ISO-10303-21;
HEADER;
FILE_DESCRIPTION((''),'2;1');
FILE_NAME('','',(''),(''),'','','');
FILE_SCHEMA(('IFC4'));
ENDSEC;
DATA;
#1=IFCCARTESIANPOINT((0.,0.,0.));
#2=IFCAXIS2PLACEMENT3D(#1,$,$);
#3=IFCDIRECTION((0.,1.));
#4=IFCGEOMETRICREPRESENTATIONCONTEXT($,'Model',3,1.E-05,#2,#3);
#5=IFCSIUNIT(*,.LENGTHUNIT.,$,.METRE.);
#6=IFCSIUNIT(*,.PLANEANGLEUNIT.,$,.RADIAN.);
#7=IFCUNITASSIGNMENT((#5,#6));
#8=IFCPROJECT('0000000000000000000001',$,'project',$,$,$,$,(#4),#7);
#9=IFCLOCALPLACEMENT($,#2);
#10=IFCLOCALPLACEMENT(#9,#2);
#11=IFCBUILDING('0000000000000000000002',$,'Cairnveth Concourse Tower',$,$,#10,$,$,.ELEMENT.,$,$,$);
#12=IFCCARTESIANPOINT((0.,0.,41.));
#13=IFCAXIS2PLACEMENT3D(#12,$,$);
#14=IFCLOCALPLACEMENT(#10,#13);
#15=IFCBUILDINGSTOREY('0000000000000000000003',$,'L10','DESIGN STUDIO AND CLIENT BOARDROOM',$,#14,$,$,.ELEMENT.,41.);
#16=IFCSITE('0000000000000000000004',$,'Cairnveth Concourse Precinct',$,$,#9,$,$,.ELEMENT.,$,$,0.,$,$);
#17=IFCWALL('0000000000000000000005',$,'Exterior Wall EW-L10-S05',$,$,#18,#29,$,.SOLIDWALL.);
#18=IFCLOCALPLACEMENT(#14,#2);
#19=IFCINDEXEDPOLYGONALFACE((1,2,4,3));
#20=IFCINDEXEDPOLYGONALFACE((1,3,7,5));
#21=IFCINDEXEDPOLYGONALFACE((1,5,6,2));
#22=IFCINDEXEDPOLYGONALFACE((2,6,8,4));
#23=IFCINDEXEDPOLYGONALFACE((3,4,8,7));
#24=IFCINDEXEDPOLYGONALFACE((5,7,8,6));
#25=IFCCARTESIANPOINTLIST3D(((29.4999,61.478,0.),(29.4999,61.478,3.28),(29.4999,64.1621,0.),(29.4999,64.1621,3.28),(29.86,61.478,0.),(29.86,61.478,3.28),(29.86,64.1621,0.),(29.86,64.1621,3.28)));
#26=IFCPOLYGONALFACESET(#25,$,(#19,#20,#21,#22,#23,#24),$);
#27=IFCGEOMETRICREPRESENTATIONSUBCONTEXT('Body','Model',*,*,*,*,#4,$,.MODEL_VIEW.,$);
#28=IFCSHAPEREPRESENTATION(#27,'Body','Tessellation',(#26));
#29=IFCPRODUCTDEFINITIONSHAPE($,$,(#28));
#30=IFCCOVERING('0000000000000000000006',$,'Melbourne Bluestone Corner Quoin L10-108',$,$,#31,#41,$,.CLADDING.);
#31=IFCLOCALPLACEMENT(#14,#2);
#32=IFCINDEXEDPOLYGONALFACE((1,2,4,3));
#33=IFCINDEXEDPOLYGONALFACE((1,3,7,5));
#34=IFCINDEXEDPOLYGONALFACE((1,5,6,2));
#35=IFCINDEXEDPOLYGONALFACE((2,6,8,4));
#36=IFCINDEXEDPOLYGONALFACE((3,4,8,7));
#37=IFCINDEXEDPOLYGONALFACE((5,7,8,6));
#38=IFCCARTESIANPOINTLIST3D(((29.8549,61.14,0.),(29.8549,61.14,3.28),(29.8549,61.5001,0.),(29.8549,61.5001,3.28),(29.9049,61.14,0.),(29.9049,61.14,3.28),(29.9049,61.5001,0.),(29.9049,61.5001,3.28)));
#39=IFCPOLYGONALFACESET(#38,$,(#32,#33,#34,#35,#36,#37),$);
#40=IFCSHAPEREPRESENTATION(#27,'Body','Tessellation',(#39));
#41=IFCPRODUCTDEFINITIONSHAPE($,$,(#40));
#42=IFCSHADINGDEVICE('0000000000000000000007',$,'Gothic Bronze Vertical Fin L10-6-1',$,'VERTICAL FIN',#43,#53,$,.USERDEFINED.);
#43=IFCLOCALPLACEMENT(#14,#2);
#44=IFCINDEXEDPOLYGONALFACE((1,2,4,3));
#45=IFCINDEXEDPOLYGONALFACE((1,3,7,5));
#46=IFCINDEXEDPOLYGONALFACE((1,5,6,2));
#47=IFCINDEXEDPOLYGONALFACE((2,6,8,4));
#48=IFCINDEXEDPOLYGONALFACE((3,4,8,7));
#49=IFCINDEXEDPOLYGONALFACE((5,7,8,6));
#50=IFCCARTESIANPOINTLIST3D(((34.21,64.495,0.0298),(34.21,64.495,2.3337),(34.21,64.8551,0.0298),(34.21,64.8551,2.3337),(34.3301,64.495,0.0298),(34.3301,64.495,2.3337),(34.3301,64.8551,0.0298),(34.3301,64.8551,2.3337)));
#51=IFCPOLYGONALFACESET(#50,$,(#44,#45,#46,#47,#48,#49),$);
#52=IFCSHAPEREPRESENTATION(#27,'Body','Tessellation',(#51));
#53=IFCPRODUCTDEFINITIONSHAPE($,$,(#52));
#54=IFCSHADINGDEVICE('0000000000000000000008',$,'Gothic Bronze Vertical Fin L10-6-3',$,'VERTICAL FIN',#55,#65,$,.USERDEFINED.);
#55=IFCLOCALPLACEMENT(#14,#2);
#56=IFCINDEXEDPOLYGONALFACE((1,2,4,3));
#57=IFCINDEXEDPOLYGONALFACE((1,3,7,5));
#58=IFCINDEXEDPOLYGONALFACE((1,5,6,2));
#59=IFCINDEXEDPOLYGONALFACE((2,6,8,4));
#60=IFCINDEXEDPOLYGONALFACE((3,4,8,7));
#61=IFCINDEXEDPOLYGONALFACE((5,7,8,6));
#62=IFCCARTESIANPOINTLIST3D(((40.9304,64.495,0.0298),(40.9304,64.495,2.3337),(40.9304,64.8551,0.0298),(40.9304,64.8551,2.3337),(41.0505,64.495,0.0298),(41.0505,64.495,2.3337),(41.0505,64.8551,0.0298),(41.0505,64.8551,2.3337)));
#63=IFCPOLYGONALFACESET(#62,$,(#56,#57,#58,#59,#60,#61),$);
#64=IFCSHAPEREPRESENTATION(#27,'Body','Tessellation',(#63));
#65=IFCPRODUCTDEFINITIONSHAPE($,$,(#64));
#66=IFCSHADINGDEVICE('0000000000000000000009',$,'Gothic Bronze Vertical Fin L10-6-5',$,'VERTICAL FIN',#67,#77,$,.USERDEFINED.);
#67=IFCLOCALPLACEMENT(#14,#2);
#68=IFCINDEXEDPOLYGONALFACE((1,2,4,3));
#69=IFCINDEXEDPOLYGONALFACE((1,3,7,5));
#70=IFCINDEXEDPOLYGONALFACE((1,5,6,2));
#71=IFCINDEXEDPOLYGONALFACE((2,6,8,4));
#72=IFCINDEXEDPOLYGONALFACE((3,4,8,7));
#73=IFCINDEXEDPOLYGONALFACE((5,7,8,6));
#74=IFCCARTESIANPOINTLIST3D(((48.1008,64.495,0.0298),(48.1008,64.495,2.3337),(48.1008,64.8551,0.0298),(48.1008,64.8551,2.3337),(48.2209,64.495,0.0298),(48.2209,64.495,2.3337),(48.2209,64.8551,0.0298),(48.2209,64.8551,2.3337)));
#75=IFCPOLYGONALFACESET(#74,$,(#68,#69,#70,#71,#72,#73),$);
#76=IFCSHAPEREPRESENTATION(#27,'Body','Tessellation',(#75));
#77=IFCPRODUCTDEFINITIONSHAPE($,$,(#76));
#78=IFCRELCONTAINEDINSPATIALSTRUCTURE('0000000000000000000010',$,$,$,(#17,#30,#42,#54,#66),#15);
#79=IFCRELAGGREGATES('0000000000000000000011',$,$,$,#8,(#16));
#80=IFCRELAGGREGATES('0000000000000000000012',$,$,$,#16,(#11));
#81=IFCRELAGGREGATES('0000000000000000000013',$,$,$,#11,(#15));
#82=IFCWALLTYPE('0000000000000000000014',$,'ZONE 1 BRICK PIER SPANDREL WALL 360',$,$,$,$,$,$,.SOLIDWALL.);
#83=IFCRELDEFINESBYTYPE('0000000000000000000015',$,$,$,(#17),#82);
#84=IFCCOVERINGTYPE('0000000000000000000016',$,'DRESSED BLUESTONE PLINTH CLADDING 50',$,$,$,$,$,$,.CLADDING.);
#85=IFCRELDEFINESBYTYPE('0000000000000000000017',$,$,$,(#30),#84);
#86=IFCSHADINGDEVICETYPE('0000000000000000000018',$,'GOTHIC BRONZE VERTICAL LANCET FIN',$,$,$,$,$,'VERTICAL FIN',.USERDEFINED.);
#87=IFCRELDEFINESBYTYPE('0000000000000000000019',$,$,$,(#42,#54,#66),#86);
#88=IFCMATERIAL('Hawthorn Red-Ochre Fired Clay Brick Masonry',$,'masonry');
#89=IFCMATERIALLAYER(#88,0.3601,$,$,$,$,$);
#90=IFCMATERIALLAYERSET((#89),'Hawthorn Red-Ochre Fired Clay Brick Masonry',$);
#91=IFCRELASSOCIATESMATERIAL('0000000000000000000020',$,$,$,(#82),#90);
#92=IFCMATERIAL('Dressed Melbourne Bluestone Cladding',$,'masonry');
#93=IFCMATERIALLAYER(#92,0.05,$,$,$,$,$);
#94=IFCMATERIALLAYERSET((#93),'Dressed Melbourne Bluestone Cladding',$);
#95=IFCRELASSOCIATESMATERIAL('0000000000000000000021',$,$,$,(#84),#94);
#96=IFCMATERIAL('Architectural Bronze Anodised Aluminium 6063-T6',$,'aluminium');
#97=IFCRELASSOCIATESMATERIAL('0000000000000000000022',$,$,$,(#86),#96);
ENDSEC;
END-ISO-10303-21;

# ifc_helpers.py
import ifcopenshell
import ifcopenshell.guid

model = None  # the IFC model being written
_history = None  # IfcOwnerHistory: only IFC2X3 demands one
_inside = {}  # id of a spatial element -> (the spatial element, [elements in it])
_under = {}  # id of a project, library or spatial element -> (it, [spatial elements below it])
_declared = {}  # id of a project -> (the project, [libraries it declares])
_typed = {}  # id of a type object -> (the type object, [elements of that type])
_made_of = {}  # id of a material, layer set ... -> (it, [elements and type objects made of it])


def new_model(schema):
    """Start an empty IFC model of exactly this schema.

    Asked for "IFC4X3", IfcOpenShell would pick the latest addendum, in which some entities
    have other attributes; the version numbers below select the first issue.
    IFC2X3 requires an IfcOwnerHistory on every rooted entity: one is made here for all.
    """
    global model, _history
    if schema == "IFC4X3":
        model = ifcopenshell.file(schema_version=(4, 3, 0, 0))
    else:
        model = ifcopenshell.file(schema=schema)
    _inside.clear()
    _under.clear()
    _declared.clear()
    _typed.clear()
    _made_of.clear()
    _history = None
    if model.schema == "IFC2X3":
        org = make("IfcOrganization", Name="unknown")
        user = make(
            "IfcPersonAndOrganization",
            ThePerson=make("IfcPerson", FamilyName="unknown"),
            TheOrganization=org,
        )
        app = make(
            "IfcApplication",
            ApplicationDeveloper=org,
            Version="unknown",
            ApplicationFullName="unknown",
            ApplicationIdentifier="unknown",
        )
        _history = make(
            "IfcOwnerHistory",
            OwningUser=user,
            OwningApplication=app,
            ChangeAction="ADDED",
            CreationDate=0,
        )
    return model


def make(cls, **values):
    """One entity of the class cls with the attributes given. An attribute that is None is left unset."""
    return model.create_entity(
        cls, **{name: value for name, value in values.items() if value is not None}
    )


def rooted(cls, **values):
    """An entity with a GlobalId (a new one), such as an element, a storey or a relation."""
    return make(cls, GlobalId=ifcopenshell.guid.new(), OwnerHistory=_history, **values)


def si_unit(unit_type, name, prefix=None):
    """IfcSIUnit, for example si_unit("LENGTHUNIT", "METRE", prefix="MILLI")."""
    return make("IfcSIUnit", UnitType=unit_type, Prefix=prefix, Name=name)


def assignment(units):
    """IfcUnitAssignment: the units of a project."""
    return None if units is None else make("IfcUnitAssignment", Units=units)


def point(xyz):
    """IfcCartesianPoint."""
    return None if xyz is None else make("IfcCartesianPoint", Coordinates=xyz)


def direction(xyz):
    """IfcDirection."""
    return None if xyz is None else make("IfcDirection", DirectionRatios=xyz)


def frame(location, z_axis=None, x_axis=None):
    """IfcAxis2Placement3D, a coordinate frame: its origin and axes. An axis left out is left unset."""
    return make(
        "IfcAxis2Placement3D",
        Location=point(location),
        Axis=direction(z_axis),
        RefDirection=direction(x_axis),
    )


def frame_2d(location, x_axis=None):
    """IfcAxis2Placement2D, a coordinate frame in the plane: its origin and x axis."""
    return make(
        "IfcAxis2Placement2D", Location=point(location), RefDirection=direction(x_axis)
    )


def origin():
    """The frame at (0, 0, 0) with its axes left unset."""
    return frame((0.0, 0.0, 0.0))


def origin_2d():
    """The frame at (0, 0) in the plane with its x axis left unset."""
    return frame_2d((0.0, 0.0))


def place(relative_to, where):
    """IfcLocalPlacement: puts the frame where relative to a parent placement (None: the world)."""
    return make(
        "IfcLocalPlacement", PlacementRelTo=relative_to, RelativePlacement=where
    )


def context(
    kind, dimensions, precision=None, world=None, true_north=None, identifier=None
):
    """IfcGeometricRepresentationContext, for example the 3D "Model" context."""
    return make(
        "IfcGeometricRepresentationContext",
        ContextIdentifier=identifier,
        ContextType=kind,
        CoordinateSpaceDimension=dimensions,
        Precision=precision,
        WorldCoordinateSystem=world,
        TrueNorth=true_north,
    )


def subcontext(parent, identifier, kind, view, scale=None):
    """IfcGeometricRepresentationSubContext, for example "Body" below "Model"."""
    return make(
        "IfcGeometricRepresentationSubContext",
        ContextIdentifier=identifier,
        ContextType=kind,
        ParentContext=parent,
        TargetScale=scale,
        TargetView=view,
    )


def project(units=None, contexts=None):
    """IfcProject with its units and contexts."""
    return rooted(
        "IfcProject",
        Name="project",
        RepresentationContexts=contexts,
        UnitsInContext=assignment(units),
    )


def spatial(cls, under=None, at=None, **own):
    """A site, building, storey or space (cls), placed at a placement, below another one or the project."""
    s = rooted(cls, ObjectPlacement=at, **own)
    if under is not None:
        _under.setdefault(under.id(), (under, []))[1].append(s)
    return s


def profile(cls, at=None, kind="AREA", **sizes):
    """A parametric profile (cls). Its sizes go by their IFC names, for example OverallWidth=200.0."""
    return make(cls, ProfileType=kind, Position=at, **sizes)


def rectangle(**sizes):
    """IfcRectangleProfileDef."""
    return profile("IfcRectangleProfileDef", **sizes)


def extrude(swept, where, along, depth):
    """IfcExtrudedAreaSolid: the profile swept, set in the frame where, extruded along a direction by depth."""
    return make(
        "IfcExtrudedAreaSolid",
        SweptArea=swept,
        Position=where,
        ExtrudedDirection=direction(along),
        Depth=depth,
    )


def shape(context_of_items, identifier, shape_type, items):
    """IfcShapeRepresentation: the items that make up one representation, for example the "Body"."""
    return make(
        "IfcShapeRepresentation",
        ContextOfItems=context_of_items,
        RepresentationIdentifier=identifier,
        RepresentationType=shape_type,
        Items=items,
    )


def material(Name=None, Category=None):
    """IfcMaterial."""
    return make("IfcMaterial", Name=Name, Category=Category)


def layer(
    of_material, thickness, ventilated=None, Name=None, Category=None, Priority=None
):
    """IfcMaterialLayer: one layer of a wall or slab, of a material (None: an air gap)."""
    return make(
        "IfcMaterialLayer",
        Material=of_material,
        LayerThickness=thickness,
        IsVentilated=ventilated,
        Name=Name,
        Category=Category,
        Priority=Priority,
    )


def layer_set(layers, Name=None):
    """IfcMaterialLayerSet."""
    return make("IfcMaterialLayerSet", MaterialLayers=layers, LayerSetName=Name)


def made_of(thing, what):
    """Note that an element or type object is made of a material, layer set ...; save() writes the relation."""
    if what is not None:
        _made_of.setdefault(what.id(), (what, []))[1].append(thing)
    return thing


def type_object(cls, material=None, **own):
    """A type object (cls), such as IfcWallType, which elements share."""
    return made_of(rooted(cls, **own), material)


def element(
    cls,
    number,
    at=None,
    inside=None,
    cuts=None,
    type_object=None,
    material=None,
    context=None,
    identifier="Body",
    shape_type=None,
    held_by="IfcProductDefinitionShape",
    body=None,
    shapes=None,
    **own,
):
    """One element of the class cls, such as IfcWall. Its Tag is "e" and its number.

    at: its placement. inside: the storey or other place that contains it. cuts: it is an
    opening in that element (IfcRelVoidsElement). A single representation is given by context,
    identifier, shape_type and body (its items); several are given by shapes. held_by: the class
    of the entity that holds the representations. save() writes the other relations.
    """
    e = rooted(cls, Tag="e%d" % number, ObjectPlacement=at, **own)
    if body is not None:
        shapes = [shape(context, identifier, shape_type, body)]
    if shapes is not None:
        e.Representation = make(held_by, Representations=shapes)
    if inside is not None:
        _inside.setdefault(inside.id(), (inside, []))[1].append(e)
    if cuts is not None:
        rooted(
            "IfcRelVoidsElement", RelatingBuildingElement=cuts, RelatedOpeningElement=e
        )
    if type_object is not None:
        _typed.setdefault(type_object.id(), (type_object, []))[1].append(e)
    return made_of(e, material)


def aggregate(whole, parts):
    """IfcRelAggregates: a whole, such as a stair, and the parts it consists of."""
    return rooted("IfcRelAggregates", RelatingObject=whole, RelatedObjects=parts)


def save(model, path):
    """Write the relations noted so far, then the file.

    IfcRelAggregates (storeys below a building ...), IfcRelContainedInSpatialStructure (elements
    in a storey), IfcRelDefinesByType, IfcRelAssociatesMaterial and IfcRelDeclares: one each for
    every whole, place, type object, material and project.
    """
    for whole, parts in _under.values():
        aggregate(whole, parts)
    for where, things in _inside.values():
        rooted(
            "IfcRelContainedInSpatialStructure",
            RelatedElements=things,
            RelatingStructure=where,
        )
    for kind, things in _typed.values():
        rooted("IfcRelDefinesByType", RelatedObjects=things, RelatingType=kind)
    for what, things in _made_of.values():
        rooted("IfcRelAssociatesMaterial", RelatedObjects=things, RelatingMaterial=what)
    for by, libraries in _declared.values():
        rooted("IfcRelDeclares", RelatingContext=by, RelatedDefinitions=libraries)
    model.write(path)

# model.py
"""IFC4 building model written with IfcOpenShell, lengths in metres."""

from ifc_helpers import new_model, si_unit, direction, frame, frame_2d, origin, origin_2d, place, context, subcontext, project, spatial, rectangle, extrude, material, layer, layer_set, type_object, element, save


model = new_model("IFC4")

# Units and contexts
model_context = context("Model", 3, precision=1e-05, world=origin(), true_north=direction((0.0, 1.0)))
body_context = subcontext(model_context, "Body", "Model", "MODEL_VIEW")
ifc_project = project(units=[si_unit("LENGTHUNIT", "METRE"), si_unit("PLANEANGLEUNIT", "RADIAN")], contexts=[model_context])

# Site, building, storey
site_placement = place(None, origin())
site = spatial("IfcSite", under=ifc_project, at=site_placement, Name="Cairnveth Concourse Precinct", CompositionType="ELEMENT", RefElevation=0.0)
building_placement = place(site_placement, origin())
building = spatial("IfcBuilding", under=site, at=building_placement, Name="Cairnveth Concourse Tower", CompositionType="ELEMENT")
storey_placement = place(building_placement, frame((0.0, 0.0, 41.0)))
storey = spatial("IfcBuildingStorey", under=building, at=storey_placement, Name="L10", Description="DESIGN STUDIO AND CLIENT BOARDROOM", CompositionType="ELEMENT", Elevation=41.0)

# Wall
ifc_material_1 = material(Name="Hawthorn Red-Ochre Fired Clay Brick Masonry", Category="masonry")
ifc_layer_1 = layer(ifc_material_1, 0.3601)
ifc_layer_set_1 = layer_set([ifc_layer_1], Name="Hawthorn Red-Ochre Fired Clay Brick Masonry")
wall_type_1 = type_object("IfcWallType", Name="ZONE 1 BRICK PIER SPANDREL WALL 360", PredefinedType="SOLIDWALL", material=ifc_layer_set_1)
wall_1_placement = place(storey_placement, frame((29.6799, 61.478, 0.0), z_axis=(0.0, 0.0, 1.0), x_axis=(0.0, 1.0, 0.0)))
element("IfcWall", 1, at=wall_1_placement, inside=storey, type_object=wall_type_1, Name="Exterior Wall EW-L10-S05", PredefinedType="SOLIDWALL", context=body_context, shape_type="SweptSolid", body=[
    extrude(rectangle(XDim=2.6841, YDim=0.3601, at=frame_2d((1.342, 0.0))), origin(), (0.0, 0.0, 1.0), 3.28),
])

# Covering
ifc_material_2 = material(Name="Dressed Melbourne Bluestone Cladding", Category="masonry")
ifc_layer_2 = layer(ifc_material_2, 0.05)
ifc_layer_set_2 = layer_set([ifc_layer_2], Name="Dressed Melbourne Bluestone Cladding")
covering_type = type_object("IfcCoveringType", Name="DRESSED BLUESTONE PLINTH CLADDING 50", PredefinedType="CLADDING", material=ifc_layer_set_2)
covering_placement = place(storey_placement, frame((29.8799, 61.1399, 0.0), z_axis=(0.0, 0.0, 1.0), x_axis=(0.0, 1.0, 0.0)))
element("IfcCovering", 2, at=covering_placement, inside=storey, type_object=covering_type, Name="Melbourne Bluestone Corner Quoin L10-108", PredefinedType="CLADDING", context=body_context, shape_type="SweptSolid", body=[
    extrude(rectangle(XDim=0.3601, YDim=0.05, at=frame_2d((0.1802, 0.0))), origin(), (0.0, 0.0, 1.0), 3.28),
])

# Shading devices
ifc_material_3 = material(Name="Architectural Bronze Anodised Aluminium 6063-T6", Category="aluminium")
shading_device_type = type_object("IfcShadingDeviceType", Name="GOTHIC BRONZE VERTICAL LANCET FIN", ElementType="VERTICAL FIN", PredefinedType="USERDEFINED", material=ifc_material_3)
for number, where, z_axis, x_axis, name in (
    (3, (34.27, 64.675, 0.0298), (0.0, 0.0, 1.0), (1.0, 0.0, 0.0), "Gothic Bronze Vertical Fin L10-6-1"),
    (4, (40.9905, 64.675, 0.0298), (0.0, 0.0, 1.0), (1.0, 0.0, 0.0), "Gothic Bronze Vertical Fin L10-6-3"),
    (5, (48.1609, 64.675, 0.0298), (0.0, 0.0, 1.0), (1.0, 0.0, 0.0), "Gothic Bronze Vertical Fin L10-6-5"),
):
    element("IfcShadingDevice", number, at=place(storey_placement, frame(where, z_axis=z_axis, x_axis=x_axis)), inside=storey, type_object=shading_device_type, Name=name, ObjectType="VERTICAL FIN", PredefinedType="USERDEFINED", context=body_context, shape_type="SweptSolid", body=[
        extrude(rectangle(XDim=0.1201, YDim=0.3601, at=origin_2d()), origin(), (0.0, 0.0, 1.0), 2.304),
    ])

save(model, "model.ifc")
